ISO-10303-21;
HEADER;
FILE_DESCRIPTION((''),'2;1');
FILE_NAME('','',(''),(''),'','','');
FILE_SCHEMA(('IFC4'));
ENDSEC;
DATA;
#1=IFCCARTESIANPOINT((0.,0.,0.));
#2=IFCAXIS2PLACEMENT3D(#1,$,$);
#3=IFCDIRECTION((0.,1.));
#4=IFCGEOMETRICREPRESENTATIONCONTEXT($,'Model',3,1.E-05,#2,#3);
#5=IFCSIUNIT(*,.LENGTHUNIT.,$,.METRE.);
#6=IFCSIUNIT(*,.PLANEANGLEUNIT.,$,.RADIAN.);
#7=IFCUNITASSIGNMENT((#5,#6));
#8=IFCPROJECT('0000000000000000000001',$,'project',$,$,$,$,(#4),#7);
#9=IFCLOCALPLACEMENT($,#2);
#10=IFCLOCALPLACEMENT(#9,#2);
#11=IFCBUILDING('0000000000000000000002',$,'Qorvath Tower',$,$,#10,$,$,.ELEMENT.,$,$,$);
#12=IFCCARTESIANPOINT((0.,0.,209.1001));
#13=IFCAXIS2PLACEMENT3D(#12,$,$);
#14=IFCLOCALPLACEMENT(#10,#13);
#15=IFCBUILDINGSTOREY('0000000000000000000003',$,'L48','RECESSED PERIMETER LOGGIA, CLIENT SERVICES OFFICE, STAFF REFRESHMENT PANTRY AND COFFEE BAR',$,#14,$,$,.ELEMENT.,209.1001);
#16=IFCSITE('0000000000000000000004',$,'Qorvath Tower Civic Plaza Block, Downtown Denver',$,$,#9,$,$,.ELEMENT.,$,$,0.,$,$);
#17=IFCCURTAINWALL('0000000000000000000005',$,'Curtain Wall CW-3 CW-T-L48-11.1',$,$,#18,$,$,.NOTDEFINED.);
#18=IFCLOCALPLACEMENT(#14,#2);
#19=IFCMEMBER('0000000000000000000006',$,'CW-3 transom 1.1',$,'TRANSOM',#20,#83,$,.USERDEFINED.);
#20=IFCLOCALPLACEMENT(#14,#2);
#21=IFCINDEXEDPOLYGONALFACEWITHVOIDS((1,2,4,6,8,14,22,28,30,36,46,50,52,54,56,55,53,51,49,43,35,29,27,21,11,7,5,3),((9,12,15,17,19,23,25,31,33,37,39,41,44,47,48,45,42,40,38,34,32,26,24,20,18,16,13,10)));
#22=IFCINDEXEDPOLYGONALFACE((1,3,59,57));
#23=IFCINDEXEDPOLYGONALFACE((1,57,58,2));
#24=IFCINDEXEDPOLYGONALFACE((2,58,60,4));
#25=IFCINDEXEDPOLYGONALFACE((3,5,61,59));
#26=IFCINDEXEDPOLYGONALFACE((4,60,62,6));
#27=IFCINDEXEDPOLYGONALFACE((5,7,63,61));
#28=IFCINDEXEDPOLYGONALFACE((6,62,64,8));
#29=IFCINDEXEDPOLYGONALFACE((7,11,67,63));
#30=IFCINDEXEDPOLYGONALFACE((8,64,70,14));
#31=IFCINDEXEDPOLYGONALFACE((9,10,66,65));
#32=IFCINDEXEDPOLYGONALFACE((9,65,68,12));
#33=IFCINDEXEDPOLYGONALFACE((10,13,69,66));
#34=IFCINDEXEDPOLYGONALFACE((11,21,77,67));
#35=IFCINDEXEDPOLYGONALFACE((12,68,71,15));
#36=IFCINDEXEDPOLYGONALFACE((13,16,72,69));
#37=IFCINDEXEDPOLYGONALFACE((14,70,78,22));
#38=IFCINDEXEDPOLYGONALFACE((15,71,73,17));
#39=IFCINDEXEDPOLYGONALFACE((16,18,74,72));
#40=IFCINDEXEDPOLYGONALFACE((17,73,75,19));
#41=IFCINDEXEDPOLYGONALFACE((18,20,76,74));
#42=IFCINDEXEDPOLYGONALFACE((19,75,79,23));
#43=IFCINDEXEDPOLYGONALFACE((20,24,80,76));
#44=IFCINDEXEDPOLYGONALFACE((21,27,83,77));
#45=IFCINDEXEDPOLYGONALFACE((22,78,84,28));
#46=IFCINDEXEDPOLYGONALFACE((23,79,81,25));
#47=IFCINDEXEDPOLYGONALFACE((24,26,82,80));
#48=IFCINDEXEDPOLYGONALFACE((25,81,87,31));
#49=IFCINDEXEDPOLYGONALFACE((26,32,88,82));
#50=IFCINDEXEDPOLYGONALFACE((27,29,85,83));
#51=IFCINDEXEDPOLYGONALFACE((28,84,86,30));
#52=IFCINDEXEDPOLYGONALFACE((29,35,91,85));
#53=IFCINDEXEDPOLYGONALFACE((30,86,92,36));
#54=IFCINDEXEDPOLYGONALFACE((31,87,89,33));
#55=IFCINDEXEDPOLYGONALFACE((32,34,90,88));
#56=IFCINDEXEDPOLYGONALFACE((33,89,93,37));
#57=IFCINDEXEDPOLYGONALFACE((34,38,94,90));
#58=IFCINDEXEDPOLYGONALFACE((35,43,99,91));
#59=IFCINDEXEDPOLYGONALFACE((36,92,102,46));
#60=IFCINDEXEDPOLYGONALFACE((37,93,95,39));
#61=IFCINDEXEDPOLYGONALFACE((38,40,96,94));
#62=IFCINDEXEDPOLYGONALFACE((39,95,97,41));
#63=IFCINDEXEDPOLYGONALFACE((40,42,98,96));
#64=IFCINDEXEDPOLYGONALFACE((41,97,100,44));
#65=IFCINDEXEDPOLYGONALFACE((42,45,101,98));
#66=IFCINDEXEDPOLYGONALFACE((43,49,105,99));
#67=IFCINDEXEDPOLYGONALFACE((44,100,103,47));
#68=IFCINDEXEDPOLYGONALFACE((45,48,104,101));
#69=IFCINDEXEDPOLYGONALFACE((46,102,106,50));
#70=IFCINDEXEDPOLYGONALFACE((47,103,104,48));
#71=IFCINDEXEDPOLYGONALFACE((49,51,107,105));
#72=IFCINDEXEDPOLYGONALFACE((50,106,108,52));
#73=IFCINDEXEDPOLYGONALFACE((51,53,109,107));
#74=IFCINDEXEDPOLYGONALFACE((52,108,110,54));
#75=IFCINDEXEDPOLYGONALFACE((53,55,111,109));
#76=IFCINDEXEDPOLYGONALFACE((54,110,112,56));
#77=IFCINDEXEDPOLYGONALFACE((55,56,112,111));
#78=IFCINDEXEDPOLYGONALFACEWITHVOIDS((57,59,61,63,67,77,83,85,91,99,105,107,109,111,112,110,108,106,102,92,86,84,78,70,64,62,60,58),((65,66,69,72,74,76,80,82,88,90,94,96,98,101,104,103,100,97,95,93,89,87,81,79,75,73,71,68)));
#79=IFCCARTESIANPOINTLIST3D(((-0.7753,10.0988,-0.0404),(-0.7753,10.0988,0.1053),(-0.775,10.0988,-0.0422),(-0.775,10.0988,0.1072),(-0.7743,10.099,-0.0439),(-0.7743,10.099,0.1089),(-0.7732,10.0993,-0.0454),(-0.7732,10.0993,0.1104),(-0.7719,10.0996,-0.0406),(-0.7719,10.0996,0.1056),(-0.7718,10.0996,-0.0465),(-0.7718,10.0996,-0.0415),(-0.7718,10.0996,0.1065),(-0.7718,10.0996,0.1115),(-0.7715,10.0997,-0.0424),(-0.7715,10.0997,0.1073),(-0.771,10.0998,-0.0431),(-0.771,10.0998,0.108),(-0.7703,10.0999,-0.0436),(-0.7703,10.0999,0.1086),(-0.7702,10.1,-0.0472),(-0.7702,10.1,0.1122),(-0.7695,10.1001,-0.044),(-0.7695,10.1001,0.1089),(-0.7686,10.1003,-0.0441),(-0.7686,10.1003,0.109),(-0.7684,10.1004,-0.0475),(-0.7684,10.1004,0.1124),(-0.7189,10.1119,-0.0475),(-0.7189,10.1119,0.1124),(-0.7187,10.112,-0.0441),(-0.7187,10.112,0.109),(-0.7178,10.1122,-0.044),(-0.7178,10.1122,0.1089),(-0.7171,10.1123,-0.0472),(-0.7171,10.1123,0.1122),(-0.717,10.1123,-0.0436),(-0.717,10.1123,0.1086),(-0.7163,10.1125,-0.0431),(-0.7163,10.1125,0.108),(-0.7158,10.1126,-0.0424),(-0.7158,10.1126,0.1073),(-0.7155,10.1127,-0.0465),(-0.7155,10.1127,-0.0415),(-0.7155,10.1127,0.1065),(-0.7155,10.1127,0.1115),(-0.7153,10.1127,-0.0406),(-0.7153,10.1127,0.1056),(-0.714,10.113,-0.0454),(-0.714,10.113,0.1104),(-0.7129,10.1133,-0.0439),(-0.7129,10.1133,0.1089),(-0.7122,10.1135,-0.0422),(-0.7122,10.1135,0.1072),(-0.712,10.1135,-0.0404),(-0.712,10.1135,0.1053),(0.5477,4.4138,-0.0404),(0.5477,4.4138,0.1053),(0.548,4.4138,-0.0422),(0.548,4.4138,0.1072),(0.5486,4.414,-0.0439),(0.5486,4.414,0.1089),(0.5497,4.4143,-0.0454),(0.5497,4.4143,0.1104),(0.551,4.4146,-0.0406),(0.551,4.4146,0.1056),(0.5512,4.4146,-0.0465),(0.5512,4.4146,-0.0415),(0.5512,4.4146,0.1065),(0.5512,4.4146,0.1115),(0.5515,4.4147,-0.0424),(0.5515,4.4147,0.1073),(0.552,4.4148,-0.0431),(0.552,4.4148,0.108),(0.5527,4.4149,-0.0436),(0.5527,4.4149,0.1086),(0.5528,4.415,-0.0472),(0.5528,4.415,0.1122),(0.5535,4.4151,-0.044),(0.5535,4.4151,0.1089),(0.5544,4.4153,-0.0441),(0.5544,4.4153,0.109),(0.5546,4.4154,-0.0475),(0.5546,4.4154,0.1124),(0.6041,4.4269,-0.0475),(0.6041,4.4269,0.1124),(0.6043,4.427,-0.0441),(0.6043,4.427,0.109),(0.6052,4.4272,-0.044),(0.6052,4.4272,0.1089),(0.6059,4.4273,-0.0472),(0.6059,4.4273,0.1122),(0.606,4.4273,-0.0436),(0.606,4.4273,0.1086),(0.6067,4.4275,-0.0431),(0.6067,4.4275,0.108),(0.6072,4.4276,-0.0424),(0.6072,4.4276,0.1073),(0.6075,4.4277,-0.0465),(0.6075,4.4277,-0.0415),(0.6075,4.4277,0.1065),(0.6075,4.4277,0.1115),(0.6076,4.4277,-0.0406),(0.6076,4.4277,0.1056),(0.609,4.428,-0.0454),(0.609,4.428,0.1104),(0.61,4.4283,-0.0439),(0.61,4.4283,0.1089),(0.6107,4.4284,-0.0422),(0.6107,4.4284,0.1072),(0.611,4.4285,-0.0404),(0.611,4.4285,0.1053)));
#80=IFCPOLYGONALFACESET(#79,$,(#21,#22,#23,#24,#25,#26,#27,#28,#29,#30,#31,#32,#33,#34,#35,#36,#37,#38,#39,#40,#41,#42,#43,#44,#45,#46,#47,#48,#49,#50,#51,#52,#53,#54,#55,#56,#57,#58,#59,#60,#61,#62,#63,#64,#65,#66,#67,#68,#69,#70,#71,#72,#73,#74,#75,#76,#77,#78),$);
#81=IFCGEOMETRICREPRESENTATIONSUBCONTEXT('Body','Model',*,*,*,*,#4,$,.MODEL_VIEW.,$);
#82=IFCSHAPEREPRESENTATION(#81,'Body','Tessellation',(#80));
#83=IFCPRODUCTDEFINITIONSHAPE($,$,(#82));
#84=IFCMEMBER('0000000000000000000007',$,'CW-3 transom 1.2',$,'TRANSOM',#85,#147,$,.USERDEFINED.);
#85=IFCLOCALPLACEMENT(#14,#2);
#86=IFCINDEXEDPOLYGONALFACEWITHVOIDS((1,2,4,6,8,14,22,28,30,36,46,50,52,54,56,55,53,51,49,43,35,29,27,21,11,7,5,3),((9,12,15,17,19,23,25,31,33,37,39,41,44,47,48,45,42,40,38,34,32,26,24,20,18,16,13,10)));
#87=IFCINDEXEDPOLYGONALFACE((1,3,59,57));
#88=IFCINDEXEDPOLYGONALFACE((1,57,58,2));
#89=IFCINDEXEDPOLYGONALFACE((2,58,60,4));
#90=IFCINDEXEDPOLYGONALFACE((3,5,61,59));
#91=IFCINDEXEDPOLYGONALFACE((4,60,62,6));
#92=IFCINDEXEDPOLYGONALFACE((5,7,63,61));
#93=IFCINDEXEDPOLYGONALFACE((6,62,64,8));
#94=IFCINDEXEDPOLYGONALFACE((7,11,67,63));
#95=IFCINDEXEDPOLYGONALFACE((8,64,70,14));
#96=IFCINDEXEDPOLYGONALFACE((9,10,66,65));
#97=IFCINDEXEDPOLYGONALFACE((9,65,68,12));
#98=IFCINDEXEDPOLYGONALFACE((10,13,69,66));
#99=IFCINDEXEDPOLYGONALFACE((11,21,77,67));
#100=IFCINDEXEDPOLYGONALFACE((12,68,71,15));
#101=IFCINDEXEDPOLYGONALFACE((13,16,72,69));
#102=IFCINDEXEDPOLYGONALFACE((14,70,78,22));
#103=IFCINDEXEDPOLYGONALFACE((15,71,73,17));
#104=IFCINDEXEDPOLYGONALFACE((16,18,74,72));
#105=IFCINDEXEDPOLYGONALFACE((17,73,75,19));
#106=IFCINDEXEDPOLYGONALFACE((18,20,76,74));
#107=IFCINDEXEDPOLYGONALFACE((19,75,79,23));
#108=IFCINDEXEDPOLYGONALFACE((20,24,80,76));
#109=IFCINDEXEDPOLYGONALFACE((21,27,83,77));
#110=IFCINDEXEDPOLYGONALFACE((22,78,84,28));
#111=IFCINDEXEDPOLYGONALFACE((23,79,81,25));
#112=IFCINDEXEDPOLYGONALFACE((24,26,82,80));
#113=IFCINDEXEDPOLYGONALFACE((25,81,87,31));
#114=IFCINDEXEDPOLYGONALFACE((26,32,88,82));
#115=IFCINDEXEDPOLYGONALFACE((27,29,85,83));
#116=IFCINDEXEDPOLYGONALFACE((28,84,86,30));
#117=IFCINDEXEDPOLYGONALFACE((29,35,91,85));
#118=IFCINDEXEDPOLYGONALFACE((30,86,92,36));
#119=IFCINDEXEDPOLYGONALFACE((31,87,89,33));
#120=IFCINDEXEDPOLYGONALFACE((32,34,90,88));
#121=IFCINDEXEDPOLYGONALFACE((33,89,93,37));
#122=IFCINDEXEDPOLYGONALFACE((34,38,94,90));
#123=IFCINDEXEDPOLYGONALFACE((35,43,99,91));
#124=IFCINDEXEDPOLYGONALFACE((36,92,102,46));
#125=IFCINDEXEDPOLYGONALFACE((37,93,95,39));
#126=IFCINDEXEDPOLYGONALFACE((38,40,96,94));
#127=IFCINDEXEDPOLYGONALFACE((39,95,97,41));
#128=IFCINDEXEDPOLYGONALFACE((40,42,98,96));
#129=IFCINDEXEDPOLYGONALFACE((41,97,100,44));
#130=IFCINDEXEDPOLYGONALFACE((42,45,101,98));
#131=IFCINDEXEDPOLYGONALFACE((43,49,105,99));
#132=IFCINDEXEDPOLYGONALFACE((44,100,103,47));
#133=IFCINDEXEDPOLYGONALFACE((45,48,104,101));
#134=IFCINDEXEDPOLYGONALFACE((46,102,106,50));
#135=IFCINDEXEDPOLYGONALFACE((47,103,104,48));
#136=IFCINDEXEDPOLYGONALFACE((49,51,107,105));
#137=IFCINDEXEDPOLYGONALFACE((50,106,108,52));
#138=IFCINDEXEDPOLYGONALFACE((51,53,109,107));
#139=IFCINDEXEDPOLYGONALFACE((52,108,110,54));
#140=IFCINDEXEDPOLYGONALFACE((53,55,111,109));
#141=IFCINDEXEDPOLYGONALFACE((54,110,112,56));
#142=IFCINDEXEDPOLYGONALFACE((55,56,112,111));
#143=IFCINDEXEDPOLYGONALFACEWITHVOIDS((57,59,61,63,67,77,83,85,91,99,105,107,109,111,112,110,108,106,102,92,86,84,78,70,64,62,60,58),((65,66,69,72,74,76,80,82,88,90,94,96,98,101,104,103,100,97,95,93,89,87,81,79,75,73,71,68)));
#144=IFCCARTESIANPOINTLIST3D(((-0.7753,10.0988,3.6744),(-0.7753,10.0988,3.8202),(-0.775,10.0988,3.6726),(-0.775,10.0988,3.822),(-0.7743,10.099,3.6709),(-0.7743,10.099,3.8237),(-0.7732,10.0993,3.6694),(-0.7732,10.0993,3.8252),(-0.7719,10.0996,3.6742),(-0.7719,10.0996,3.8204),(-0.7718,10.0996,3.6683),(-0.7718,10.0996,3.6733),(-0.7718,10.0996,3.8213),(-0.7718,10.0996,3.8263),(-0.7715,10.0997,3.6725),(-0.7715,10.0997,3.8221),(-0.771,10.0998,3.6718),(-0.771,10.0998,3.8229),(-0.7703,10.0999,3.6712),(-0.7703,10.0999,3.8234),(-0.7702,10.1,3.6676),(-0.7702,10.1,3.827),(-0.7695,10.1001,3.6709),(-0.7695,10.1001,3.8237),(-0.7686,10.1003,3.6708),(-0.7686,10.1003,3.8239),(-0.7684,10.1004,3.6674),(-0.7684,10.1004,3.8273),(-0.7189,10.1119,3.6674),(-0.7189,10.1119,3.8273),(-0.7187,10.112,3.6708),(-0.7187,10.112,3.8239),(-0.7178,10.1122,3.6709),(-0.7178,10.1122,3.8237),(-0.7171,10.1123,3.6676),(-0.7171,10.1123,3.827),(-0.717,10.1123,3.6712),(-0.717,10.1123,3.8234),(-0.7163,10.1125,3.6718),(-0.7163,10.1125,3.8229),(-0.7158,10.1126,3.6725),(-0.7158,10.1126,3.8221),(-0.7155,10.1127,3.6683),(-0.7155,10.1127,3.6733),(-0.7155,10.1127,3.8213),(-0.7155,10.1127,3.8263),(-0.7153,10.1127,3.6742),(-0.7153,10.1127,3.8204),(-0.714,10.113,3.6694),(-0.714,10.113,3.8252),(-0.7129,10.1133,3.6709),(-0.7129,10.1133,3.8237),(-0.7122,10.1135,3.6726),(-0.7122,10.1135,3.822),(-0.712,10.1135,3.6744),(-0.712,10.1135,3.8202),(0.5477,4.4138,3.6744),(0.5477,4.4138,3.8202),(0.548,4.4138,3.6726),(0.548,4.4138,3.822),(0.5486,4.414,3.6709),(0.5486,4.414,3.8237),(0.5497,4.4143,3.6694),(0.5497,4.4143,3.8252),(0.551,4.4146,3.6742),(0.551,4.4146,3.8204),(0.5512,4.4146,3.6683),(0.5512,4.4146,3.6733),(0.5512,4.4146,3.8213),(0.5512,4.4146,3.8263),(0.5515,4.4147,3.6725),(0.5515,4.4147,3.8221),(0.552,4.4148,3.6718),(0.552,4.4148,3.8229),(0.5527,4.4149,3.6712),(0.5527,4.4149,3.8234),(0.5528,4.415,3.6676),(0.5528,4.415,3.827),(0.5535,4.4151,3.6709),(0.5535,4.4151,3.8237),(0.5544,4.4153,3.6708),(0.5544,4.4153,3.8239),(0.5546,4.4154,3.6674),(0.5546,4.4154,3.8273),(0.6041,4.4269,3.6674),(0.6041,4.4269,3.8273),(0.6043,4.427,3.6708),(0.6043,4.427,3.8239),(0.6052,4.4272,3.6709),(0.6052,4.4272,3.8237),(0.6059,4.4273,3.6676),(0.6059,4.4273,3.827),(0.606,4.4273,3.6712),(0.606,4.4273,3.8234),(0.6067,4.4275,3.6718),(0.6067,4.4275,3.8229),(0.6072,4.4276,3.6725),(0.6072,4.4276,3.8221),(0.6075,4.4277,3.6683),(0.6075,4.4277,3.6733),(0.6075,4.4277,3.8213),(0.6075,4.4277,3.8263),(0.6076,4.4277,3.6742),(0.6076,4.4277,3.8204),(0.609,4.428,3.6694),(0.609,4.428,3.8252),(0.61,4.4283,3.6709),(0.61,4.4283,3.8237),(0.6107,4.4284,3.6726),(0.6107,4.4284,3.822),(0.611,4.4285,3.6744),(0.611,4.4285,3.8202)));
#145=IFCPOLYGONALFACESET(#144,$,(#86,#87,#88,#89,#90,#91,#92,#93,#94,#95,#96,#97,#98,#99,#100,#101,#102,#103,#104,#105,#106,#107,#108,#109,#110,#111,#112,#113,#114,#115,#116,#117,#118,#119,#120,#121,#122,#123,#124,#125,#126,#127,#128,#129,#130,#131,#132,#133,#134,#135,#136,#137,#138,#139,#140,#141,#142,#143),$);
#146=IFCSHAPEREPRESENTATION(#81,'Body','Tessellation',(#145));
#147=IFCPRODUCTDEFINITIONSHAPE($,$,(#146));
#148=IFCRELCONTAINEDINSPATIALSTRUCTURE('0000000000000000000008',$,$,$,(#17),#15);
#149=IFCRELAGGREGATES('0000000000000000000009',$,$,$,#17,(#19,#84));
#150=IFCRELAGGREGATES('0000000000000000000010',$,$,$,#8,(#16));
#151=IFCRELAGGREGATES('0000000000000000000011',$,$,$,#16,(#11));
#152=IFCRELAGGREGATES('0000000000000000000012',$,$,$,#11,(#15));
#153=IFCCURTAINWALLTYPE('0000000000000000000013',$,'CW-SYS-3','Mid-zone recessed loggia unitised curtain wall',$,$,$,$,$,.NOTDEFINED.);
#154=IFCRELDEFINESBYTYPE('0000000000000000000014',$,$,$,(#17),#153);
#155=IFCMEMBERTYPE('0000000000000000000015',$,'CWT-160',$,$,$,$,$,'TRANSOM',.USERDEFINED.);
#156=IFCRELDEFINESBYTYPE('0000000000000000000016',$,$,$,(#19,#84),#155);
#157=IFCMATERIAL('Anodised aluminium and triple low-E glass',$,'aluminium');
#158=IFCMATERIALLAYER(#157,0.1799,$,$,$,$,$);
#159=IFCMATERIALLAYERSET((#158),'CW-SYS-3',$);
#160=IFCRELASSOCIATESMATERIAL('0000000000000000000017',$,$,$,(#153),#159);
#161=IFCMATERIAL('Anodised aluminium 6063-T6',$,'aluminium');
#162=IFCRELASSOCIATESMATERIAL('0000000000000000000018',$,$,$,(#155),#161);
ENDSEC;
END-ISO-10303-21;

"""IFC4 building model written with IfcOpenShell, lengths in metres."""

from ifc_helpers import new_model, si_unit, direction, frame, origin, origin_2d, place, context, subcontext, project, spatial, hollow_rectangle, extrude, material, layer, layer_set, material_profile, profile_set, type_object, element, aggregate, save


model = new_model("IFC4")

# Units and contexts
model_context = context("Model", 3, precision=1e-05, world=origin(), true_north=direction((0.0, 1.0)))
body_context = subcontext(model_context, "Body", "Model", "MODEL_VIEW")
ifc_project = project(units=[si_unit("LENGTHUNIT", "METRE"), si_unit("PLANEANGLEUNIT", "RADIAN")], contexts=[model_context])

# Site, building, storey
site_placement = place(None, origin())
site = spatial("IfcSite", under=ifc_project, at=site_placement, Name="Qorvath Tower Civic Plaza Block, Downtown Denver", CompositionType="ELEMENT", RefElevation=0.0)
building_placement = place(site_placement, origin())
building = spatial("IfcBuilding", under=site, at=building_placement, Name="Qorvath Tower", CompositionType="ELEMENT")
storey_placement = place(building_placement, frame((0.0, 0.0, 209.1001)))
storey = spatial("IfcBuildingStorey", under=building, at=storey_placement, Name="L48", Description="RECESSED PERIMETER LOGGIA, CLIENT SERVICES OFFICE, STAFF REFRESHMENT PANTRY AND COFFEE BAR", CompositionType="ELEMENT", Elevation=209.1001)

# Shared definitions
ifc_material_1 = material(Name="Anodised aluminium and triple low-E glass", Category="aluminium")
ifc_layer_1 = layer(ifc_material_1, 0.1799)
ifc_layer_set_1 = layer_set([ifc_layer_1], Name="CW-SYS-3")
curtain_wall_type = type_object("IfcCurtainWallType", Name="CW-SYS-3", Description="Mid-zone recessed loggia unitised curtain wall", PredefinedType="NOTDEFINED", material=ifc_layer_set_1)

# Curtain wall
curtain_wall_1_placement = place(storey_placement, origin())
curtain_wall_1 = element("IfcCurtainWall", 1, at=curtain_wall_1_placement, inside=storey, type_object=curtain_wall_type, Name="Curtain Wall CW-3 CW-T-L48-11.1", PredefinedType="NOTDEFINED")

# Members
ifc_material_2 = material(Name="Anodised aluminium 6063-T6", Category="aluminium")
ifc_material_profile_1 = material_profile(ifc_material_2, hollow_rectangle(XDim=0.0649, YDim=0.1599, WallThickness=0.0034, InnerFilletRadius=0.0034, OuterFilletRadius=0.0071, at=origin_2d()), Name="CWT 160x65")
ifc_profile_set_1 = profile_set([ifc_material_profile_1], Name="Anodised aluminium 6063-T6")
member_type_1 = type_object("IfcMemberType", Name="CWT-160", ElementType="TRANSOM", PredefinedType="USERDEFINED", material=ifc_profile_set_1)
member_1_placement = place(storey_placement, frame((0.5793, 4.4211, 0.0325), z_axis=(-0.226658, 0.973974, 0.0), x_axis=(-0.973974, -0.226658, 0.0)))
member_1 = element("IfcMember", 2, at=member_1_placement, type_object=member_type_1, Name="CW-3 transom 1.1", ObjectType="TRANSOM", PredefinedType="USERDEFINED", context=body_context, shape_type="SweptSolid", body=[
    extrude(hollow_rectangle(XDim=0.0649, YDim=0.1599, WallThickness=0.0034, InnerFilletRadius=0.0034, OuterFilletRadius=0.0071, at=origin_2d()), origin(), (0.0, 0.0, 1.0), 5.8369),
])
member_2_placement = place(storey_placement, frame((0.5793, 4.4211, 3.7473), z_axis=(-0.226658, 0.973974, 0.0), x_axis=(-0.973974, -0.226658, 0.0)))
member_2 = element("IfcMember", 3, at=member_2_placement, type_object=member_type_1, Name="CW-3 transom 1.2", ObjectType="TRANSOM", PredefinedType="USERDEFINED", context=body_context, shape_type="SweptSolid", body=[
    extrude(hollow_rectangle(XDim=0.0649, YDim=0.1599, WallThickness=0.0034, InnerFilletRadius=0.0034, OuterFilletRadius=0.0071, at=origin_2d()), origin(), (0.0, 0.0, 1.0), 5.8369),
])

aggregate(curtain_wall_1, [member_1, member_2])

save(model, "model.ifc")
